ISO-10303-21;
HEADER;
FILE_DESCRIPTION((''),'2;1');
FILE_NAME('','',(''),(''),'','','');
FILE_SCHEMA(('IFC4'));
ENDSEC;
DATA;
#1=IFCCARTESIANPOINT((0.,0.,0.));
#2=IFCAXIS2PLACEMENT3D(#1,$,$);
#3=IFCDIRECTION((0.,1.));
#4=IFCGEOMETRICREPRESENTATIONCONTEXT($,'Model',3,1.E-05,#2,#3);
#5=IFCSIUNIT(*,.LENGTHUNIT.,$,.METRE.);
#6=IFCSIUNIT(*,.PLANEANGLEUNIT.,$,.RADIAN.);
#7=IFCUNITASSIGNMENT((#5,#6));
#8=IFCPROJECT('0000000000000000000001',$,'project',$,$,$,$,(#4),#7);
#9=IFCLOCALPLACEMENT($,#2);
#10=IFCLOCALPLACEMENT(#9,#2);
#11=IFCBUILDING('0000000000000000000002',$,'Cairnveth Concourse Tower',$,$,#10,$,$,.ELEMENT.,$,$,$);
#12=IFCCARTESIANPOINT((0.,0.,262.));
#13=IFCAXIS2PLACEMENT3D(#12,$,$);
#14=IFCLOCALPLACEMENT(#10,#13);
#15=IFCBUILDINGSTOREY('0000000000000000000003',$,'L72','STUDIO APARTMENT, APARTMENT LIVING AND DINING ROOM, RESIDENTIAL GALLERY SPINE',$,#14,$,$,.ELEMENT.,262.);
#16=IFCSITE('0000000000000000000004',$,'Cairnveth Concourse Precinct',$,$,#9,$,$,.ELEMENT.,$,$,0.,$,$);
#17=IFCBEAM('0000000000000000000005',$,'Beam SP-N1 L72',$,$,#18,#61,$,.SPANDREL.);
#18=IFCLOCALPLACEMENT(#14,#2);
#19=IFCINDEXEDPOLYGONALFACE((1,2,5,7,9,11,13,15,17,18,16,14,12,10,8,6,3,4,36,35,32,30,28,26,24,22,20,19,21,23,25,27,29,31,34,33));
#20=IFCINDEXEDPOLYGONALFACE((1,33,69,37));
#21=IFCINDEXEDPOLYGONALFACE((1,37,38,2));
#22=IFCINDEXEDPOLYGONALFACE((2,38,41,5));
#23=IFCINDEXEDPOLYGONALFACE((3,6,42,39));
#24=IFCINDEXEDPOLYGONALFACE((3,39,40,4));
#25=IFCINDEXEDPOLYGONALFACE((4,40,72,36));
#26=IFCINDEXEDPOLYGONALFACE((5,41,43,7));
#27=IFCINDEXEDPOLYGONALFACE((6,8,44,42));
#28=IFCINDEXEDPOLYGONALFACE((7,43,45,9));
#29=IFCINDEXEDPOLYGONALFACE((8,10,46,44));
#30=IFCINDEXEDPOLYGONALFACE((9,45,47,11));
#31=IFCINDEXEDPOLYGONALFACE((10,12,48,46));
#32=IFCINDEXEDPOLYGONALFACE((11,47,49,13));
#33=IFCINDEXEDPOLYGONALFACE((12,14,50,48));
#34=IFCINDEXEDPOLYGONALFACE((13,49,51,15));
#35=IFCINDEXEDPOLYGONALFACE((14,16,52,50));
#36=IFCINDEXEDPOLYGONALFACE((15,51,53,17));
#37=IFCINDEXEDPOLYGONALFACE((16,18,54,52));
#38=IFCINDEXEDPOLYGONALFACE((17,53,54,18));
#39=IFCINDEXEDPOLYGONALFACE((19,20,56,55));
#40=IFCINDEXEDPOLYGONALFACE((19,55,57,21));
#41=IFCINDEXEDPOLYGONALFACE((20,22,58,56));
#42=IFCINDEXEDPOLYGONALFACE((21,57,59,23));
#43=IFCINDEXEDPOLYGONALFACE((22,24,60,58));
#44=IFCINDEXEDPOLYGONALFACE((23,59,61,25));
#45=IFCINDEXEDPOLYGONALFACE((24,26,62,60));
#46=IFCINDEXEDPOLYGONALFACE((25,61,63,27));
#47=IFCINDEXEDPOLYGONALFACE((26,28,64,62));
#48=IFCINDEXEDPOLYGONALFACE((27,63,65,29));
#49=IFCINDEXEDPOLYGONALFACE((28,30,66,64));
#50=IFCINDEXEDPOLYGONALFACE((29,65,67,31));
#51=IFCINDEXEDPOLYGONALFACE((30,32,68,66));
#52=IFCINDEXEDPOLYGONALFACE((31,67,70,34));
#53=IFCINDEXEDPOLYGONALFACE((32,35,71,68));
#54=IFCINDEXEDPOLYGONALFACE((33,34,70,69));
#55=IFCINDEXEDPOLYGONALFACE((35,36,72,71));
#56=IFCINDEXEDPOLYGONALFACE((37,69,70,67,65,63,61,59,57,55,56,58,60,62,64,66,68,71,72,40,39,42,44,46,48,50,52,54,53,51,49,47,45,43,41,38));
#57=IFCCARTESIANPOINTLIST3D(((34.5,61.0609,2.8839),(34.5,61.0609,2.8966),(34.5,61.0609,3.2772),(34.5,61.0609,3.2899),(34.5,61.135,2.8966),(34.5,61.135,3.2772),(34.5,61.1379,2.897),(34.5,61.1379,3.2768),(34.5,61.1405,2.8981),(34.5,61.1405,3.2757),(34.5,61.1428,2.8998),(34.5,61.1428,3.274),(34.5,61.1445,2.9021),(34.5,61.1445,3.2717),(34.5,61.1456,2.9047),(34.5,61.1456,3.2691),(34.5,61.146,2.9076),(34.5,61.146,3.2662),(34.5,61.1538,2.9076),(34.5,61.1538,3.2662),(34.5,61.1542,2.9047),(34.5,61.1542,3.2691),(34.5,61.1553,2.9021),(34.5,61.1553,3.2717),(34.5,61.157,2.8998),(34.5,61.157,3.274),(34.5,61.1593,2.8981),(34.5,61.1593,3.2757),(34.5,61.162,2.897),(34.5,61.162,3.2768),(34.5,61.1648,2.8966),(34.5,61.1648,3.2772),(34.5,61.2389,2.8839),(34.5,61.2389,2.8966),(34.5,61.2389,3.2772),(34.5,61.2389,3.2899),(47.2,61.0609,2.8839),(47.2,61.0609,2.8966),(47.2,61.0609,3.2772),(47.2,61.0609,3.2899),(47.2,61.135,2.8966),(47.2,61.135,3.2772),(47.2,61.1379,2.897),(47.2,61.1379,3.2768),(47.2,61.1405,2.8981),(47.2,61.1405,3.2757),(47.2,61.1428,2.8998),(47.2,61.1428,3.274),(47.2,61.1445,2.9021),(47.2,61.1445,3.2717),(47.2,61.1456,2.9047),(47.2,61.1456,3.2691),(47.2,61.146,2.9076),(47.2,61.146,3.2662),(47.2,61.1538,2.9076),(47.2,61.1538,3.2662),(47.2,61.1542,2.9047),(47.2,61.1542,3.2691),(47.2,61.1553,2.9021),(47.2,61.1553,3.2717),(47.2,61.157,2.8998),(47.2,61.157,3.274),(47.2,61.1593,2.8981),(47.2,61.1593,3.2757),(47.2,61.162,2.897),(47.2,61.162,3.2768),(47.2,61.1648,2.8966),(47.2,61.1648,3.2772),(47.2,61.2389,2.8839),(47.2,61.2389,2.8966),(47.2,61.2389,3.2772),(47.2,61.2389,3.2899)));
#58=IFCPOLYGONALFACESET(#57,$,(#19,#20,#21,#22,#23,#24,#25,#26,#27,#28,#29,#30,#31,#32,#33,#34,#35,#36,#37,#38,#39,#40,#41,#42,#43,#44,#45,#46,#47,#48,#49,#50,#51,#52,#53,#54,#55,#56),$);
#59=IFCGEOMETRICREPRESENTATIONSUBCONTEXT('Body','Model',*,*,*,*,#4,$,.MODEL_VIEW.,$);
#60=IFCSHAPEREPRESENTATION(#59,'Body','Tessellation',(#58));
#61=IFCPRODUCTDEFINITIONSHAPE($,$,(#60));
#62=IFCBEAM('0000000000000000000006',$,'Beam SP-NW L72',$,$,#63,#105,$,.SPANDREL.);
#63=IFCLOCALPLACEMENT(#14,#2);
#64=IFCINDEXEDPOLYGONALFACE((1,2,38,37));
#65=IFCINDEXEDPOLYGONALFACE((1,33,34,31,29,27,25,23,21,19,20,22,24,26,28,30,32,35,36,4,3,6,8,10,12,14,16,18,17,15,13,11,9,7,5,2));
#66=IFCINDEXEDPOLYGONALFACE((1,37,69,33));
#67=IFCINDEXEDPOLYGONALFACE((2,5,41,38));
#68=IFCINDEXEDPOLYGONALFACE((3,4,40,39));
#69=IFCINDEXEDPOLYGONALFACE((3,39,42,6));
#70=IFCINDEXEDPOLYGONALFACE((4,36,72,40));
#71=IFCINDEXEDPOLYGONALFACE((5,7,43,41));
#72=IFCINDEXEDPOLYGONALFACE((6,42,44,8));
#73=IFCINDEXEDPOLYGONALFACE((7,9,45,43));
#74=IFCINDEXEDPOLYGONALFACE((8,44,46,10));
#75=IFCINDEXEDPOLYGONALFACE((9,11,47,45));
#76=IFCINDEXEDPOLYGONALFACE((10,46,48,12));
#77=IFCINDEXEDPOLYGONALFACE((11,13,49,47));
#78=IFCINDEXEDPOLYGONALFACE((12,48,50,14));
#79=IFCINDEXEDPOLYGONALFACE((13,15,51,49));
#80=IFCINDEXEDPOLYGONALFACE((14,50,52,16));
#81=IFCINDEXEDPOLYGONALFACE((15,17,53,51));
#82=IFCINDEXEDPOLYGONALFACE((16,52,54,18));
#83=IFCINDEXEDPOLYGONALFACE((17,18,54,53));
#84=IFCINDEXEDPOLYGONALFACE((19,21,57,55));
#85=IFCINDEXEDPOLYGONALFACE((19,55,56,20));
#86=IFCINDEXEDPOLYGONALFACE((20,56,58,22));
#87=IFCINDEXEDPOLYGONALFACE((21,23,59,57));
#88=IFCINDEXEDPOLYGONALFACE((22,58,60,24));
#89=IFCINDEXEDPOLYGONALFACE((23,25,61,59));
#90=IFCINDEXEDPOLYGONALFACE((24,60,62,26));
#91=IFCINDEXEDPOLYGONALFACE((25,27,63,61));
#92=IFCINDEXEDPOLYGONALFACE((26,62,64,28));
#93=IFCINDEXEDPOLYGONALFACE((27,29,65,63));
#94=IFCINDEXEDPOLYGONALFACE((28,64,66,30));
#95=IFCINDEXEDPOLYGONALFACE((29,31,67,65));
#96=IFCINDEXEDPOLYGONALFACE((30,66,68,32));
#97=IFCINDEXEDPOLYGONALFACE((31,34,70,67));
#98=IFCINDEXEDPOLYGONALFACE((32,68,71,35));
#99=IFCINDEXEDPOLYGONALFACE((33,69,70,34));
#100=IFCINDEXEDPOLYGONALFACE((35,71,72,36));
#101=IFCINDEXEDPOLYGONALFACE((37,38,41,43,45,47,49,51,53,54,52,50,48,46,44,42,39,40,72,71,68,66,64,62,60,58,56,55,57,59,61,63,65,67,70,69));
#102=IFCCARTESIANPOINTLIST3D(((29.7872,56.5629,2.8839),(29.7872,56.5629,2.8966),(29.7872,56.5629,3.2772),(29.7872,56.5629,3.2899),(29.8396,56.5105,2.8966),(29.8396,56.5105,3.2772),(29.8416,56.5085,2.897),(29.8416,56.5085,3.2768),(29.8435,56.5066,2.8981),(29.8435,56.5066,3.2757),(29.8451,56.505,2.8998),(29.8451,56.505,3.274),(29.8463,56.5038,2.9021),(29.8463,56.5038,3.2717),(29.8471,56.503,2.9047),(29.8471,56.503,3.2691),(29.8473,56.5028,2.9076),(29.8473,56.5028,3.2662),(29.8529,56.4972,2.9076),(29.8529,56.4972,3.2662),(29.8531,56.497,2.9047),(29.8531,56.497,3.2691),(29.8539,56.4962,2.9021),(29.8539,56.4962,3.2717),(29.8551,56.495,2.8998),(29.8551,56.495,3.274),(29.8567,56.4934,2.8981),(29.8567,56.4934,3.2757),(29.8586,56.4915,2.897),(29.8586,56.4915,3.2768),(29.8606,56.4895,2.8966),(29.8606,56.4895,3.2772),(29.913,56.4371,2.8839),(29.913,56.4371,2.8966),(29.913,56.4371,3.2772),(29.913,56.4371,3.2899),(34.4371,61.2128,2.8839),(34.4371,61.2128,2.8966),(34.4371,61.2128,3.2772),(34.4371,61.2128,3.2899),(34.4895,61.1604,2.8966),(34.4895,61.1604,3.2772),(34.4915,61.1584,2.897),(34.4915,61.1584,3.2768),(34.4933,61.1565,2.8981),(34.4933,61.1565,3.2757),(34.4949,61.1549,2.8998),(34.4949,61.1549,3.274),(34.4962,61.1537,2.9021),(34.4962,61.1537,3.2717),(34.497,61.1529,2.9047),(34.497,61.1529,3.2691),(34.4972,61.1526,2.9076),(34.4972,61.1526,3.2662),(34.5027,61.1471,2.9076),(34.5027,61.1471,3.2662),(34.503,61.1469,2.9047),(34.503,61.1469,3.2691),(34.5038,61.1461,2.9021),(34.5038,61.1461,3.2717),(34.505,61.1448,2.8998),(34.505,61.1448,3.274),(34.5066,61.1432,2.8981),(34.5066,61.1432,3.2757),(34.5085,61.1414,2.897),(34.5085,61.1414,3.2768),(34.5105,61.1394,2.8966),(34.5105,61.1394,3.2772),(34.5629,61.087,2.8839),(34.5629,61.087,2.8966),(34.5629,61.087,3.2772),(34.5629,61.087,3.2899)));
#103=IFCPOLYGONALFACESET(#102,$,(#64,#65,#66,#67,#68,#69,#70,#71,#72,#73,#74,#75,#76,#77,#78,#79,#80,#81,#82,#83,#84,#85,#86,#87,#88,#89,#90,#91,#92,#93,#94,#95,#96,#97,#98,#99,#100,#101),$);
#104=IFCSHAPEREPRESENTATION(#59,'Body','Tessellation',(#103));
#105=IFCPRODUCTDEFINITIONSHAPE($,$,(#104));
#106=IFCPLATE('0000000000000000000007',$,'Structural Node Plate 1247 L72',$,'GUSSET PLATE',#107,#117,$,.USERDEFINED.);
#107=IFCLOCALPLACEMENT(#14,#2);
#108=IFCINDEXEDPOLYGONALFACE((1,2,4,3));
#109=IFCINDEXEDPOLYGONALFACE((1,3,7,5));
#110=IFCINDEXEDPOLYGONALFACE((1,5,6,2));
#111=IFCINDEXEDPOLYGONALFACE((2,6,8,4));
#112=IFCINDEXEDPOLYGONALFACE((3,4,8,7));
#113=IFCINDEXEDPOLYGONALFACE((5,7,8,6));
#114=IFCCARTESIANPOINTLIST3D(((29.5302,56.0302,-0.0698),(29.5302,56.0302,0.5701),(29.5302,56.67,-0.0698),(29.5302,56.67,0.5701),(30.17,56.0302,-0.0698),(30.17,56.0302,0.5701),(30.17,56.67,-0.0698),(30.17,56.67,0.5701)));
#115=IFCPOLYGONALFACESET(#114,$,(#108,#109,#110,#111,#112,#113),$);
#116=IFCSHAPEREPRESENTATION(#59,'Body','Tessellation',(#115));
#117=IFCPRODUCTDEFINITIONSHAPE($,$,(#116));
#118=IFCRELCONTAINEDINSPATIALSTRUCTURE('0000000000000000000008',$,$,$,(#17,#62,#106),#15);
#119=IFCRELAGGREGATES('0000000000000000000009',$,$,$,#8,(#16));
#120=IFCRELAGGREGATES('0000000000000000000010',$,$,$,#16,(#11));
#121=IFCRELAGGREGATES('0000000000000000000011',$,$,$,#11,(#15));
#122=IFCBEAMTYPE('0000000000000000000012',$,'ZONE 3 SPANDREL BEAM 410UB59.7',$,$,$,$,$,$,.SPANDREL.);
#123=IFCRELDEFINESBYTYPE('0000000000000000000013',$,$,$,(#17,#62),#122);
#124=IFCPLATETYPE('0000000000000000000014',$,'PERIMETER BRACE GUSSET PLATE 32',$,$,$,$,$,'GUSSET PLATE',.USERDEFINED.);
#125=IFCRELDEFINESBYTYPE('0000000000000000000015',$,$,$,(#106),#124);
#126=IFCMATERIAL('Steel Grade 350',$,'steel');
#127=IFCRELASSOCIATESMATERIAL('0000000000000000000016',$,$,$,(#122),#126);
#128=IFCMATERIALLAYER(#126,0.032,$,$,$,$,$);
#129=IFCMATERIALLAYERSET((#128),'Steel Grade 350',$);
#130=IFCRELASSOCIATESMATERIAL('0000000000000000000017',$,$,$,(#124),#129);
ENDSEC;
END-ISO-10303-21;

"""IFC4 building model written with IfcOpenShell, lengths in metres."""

from ifc_helpers import new_model, si_unit, direction, frame, origin, origin_2d, place, context, subcontext, project, spatial, rectangle, i_section, extrude, material, layer, layer_set, material_profile, profile_set, type_object, element, save


model = new_model("IFC4")

# Units and contexts
model_context = context("Model", 3, precision=1e-05, world=origin(), true_north=direction((0.0, 1.0)))
body_context = subcontext(model_context, "Body", "Model", "MODEL_VIEW")
ifc_project = project(units=[si_unit("LENGTHUNIT", "METRE"), si_unit("PLANEANGLEUNIT", "RADIAN")], contexts=[model_context])

# Site, building, storey
site_placement = place(None, origin())
site = spatial("IfcSite", under=ifc_project, at=site_placement, Name="Cairnveth Concourse Precinct", CompositionType="ELEMENT", RefElevation=0.0)
building_placement = place(site_placement, origin())
building = spatial("IfcBuilding", under=site, at=building_placement, Name="Cairnveth Concourse Tower", CompositionType="ELEMENT")
storey_placement = place(building_placement, frame((0.0, 0.0, 262.0)))
storey = spatial("IfcBuildingStorey", under=building, at=storey_placement, Name="L72", Description="STUDIO APARTMENT, APARTMENT LIVING AND DINING ROOM, RESIDENTIAL GALLERY SPINE", CompositionType="ELEMENT", Elevation=262.0)

# Shared definitions
ifc_material_1 = material(Name="Steel Grade 350", Category="steel")

# Beams
ifc_material_profile_1 = material_profile(ifc_material_1, i_section(OverallWidth=0.178, OverallDepth=0.406, WebThickness=0.0078, FlangeThickness=0.0127, FilletRadius=0.011, at=origin_2d()), Name="410UB59.7")
ifc_profile_set_1 = profile_set([ifc_material_profile_1], Name="Steel Grade 350")
beam_type_1 = type_object("IfcBeamType", Name="ZONE 3 SPANDREL BEAM 410UB59.7", PredefinedType="SPANDREL", material=ifc_profile_set_1)
beam_1_placement = place(storey_placement, frame((34.5, 61.1499, 3.0869), z_axis=(1.0, 0.0, 0.0), x_axis=(0.0, 1.0, 0.0)))
element("IfcBeam", 1, at=beam_1_placement, inside=storey, type_object=beam_type_1, Name="Beam SP-N1 L72", PredefinedType="SPANDREL", context=body_context, shape_type="SweptSolid", body=[
    extrude(i_section(OverallWidth=0.178, OverallDepth=0.406, WebThickness=0.0078, FlangeThickness=0.0127, FilletRadius=0.011, at=origin_2d()), origin(), (0.0, 0.0, 1.0), 12.7),
])
beam_2_placement = place(storey_placement, frame((29.8501, 56.5, 3.0869), z_axis=(0.707107, 0.707107, 0.0), x_axis=(-0.707107, 0.707107, 0.0)))
element("IfcBeam", 2, at=beam_2_placement, inside=storey, type_object=beam_type_1, Name="Beam SP-NW L72", PredefinedType="SPANDREL", context=body_context, shape_type="SweptSolid", body=[
    extrude(i_section(OverallWidth=0.178, OverallDepth=0.406, WebThickness=0.0078, FlangeThickness=0.0127, FilletRadius=0.011, at=origin_2d()), origin(), (0.0, 0.0, 1.0), 6.5759),
])

# Plate
ifc_layer_1 = layer(ifc_material_1, 0.032)
ifc_layer_set_1 = layer_set([ifc_layer_1], Name="Steel Grade 350")
plate_type = type_object("IfcPlateType", Name="PERIMETER BRACE GUSSET PLATE 32", ElementType="GUSSET PLATE", PredefinedType="USERDEFINED", material=ifc_layer_set_1)
plate_placement = place(storey_placement, frame((29.8501, 56.3501, -0.0698), z_axis=(0.0, 0.0, 1.0), x_axis=(1.0, 0.0, 0.0)))
element("IfcPlate", 3, at=plate_placement, inside=storey, type_object=plate_type, Name="Structural Node Plate 1247 L72", ObjectType="GUSSET PLATE", PredefinedType="USERDEFINED", context=body_context, shape_type="SweptSolid", body=[
    extrude(rectangle(XDim=0.6399, YDim=0.6399, at=origin_2d()), origin(), (0.0, 0.0, 1.0), 0.6399),
])

save(model, "model.ifc")
